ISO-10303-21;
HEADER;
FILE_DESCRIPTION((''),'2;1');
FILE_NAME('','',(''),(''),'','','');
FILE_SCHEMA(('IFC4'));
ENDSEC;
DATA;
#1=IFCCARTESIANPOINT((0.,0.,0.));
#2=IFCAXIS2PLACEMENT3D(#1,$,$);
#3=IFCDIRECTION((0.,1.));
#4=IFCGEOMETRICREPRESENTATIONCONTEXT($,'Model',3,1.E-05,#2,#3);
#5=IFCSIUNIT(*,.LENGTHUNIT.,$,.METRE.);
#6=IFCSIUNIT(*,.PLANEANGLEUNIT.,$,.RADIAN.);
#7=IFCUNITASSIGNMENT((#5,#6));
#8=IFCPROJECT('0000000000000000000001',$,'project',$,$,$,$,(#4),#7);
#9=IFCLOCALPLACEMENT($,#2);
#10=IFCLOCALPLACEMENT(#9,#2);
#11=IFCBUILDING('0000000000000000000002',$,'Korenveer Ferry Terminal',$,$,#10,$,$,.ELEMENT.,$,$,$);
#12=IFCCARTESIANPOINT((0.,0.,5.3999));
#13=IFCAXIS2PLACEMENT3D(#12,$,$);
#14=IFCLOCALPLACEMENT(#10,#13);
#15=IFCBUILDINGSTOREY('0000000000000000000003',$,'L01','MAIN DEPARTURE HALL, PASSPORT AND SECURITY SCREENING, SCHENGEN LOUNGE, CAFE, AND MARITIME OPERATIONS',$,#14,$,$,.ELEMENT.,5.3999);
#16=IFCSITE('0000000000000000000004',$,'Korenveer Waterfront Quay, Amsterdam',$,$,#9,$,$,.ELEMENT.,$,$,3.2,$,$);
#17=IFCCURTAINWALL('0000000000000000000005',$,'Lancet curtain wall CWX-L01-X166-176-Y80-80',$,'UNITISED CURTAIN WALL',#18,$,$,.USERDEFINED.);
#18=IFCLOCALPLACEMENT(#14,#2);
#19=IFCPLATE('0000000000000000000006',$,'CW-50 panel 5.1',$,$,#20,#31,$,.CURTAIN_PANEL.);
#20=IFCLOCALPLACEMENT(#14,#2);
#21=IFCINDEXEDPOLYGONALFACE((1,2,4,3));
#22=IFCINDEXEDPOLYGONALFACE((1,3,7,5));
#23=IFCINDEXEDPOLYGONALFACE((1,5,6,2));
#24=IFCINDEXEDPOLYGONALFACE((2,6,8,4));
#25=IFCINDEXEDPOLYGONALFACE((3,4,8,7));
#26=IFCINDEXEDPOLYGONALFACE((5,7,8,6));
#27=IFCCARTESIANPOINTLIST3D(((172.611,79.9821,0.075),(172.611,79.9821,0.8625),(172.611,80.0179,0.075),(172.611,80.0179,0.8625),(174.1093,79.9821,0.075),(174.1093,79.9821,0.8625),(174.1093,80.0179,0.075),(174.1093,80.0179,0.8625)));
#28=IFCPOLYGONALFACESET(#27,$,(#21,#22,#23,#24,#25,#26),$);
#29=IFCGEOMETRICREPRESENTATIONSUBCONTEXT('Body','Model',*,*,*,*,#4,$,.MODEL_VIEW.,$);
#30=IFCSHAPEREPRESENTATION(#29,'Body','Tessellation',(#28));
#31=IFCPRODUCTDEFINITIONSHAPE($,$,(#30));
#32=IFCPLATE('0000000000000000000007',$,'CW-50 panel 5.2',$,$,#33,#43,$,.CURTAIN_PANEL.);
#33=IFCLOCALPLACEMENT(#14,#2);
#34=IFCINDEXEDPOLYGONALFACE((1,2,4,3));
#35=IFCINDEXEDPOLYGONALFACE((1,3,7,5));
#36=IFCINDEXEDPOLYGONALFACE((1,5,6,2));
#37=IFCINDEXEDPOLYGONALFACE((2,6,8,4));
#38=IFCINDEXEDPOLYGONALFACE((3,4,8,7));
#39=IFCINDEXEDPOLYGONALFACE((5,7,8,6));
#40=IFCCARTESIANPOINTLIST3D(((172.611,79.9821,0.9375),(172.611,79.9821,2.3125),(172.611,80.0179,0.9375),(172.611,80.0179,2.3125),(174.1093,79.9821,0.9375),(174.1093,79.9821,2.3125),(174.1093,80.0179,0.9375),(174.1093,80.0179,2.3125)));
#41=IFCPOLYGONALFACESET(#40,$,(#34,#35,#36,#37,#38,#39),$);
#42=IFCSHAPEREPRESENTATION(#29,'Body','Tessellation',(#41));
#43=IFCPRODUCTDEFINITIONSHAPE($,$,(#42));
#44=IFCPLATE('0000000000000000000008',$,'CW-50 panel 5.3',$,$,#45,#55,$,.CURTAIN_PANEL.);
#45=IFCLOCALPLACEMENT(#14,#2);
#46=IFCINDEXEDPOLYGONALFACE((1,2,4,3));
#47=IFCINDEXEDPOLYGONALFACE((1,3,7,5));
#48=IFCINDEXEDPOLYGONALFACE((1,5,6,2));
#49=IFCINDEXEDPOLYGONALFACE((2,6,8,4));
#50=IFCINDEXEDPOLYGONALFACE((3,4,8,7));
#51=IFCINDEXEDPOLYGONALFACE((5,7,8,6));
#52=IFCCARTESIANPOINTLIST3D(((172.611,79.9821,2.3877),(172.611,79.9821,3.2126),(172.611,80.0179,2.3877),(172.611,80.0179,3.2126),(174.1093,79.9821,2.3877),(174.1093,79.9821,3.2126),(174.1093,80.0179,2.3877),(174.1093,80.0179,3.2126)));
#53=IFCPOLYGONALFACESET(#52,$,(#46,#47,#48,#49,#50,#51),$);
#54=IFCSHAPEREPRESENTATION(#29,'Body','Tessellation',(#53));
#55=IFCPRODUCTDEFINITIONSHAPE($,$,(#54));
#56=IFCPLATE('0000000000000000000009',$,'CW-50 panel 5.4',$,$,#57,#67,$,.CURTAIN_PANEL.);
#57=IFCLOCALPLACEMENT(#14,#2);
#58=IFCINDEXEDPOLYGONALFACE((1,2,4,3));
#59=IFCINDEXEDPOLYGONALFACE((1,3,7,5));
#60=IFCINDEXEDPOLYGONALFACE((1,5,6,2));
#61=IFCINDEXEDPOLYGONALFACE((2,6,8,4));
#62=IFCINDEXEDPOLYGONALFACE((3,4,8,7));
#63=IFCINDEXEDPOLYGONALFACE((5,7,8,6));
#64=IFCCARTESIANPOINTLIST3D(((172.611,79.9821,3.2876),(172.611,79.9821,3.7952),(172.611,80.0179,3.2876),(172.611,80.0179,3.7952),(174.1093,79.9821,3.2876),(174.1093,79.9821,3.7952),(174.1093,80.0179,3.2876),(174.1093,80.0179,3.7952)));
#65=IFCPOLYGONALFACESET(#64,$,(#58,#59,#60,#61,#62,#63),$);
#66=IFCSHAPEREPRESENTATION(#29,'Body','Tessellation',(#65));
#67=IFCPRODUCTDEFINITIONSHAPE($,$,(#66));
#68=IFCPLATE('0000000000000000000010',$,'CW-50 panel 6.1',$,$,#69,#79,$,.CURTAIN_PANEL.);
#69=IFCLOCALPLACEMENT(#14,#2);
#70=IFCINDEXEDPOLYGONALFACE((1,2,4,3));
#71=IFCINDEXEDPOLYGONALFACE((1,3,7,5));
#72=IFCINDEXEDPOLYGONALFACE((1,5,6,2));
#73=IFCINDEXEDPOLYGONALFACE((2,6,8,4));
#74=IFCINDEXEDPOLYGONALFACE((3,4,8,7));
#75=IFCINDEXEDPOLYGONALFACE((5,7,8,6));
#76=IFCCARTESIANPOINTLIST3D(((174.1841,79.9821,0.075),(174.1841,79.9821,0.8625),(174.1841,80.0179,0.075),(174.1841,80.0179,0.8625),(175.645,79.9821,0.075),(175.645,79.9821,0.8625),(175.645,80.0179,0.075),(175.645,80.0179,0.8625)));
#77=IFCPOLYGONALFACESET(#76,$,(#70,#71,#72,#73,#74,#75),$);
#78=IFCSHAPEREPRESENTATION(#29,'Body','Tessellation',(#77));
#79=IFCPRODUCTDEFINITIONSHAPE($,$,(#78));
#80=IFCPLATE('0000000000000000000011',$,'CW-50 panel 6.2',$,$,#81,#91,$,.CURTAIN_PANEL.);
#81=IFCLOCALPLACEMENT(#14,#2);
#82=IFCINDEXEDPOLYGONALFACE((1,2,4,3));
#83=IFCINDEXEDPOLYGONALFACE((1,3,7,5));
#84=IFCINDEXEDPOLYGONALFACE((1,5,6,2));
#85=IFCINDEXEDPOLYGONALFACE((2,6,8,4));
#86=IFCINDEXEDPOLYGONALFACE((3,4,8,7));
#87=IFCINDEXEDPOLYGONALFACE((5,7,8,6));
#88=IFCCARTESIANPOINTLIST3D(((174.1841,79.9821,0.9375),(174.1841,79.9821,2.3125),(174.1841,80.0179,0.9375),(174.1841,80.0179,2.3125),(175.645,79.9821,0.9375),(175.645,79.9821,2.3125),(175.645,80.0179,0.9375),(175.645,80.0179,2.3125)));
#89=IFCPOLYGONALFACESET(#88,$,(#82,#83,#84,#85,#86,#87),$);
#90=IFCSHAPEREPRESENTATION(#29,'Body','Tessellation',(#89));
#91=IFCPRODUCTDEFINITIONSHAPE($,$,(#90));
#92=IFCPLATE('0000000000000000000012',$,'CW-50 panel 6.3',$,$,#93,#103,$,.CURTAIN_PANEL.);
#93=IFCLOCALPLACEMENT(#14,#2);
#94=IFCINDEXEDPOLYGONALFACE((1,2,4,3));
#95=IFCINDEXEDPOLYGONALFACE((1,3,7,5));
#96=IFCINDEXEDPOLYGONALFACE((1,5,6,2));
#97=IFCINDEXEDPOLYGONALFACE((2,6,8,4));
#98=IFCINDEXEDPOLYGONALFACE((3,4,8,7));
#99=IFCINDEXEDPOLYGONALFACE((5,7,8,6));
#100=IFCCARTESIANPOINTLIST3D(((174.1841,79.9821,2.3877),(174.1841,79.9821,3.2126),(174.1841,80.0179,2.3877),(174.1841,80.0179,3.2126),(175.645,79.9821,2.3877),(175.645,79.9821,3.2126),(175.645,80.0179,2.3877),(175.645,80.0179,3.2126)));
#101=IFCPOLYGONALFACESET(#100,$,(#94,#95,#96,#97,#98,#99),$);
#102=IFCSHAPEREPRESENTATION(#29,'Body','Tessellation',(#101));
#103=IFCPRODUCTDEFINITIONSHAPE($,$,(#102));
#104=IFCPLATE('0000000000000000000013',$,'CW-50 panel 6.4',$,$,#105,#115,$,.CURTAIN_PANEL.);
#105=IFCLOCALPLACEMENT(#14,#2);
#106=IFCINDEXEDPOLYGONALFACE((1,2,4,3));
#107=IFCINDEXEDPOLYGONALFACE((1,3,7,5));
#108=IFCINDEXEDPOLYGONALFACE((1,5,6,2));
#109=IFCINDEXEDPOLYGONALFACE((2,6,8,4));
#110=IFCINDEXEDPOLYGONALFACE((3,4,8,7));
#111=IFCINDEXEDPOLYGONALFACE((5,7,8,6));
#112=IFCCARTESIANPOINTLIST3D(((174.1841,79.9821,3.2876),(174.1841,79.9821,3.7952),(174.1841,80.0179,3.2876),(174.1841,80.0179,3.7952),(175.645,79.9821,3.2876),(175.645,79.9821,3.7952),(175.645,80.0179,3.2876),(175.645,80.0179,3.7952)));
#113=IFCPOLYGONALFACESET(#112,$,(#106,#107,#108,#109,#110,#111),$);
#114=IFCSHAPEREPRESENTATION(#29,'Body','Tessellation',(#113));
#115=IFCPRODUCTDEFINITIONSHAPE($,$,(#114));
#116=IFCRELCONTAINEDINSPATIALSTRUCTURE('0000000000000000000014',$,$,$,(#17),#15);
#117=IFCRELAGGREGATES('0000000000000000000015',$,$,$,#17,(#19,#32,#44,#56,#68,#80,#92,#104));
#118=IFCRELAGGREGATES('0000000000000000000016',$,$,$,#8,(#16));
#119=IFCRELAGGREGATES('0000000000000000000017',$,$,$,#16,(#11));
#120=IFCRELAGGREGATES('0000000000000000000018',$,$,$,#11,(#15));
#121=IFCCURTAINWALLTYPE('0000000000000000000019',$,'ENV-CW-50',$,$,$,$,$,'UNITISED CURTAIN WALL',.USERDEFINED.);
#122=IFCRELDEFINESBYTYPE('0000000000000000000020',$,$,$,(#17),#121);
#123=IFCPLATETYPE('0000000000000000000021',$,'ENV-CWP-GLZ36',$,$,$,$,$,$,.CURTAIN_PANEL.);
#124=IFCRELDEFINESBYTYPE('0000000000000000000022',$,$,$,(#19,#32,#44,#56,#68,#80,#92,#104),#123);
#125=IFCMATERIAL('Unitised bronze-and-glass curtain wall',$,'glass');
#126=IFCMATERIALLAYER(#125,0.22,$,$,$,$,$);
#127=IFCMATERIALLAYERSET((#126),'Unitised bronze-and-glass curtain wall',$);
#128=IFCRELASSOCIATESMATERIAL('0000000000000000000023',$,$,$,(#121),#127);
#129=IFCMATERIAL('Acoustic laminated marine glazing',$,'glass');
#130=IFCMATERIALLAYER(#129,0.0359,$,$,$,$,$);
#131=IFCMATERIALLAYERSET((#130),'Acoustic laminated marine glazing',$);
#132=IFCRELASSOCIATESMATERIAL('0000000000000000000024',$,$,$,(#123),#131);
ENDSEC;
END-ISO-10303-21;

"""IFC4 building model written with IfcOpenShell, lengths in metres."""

from ifc_helpers import new_model, si_unit, direction, frame, origin, origin_2d, place, context, subcontext, project, spatial, rectangle, extrude, material, layer, layer_set, type_object, element, aggregate, save


model = new_model("IFC4")

# Units and contexts
model_context = context("Model", 3, precision=1e-05, world=origin(), true_north=direction((0.0, 1.0)))
body_context = subcontext(model_context, "Body", "Model", "MODEL_VIEW")
ifc_project = project(units=[si_unit("LENGTHUNIT", "METRE"), si_unit("PLANEANGLEUNIT", "RADIAN")], contexts=[model_context])

# Site, building, storey
site_placement = place(None, origin())
site = spatial("IfcSite", under=ifc_project, at=site_placement, Name="Korenveer Waterfront Quay, Amsterdam", CompositionType="ELEMENT", RefElevation=3.2)
building_placement = place(site_placement, origin())
building = spatial("IfcBuilding", under=site, at=building_placement, Name="Korenveer Ferry Terminal", CompositionType="ELEMENT")
storey_placement = place(building_placement, frame((0.0, 0.0, 5.3999)))
storey = spatial("IfcBuildingStorey", under=building, at=storey_placement, Name="L01", Description="MAIN DEPARTURE HALL, PASSPORT AND SECURITY SCREENING, SCHENGEN LOUNGE, CAFE, AND MARITIME OPERATIONS", CompositionType="ELEMENT", Elevation=5.3999)

# Curtain wall, plates
ifc_material_1 = material(Name="Unitised bronze-and-glass curtain wall", Category="glass")
ifc_layer_1 = layer(ifc_material_1, 0.22)
ifc_layer_set_1 = layer_set([ifc_layer_1], Name="Unitised bronze-and-glass curtain wall")
curtain_wall_type = type_object("IfcCurtainWallType", Name="ENV-CW-50", ElementType="UNITISED CURTAIN WALL", PredefinedType="USERDEFINED", material=ifc_layer_set_1)
curtain_wall_placement = place(storey_placement, frame((166.28, 80.0, 0.0)))
curtain_wall = element("IfcCurtainWall", 1, at=curtain_wall_placement, inside=storey, type_object=curtain_wall_type, Name="Lancet curtain wall CWX-L01-X166-176-Y80-80", ObjectType="UNITISED CURTAIN WALL", PredefinedType="USERDEFINED")
ifc_material_2 = material(Name="Acoustic laminated marine glazing", Category="glass")
ifc_layer_2 = layer(ifc_material_2, 0.0359)
ifc_layer_set_2 = layer_set([ifc_layer_2], Name="Acoustic laminated marine glazing")
plate_type = type_object("IfcPlateType", Name="ENV-CWP-GLZ36", PredefinedType="CURTAIN_PANEL", material=ifc_layer_set_2)
plate_1_placement = place(storey_placement, frame((173.3601, 80.0, 0.075), z_axis=(0.0, 0.0, 1.0), x_axis=(1.0, 0.0, 0.0)))
plate_1 = element("IfcPlate", 2, at=plate_1_placement, type_object=plate_type, Name="CW-50 panel 5.1", PredefinedType="CURTAIN_PANEL", context=body_context, shape_type="SweptSolid", body=[
    extrude(rectangle(XDim=1.4983, YDim=0.0359, at=origin_2d()), origin(), (0.0, 0.0, 1.0), 0.7876),
])
plate_2_placement = place(storey_placement, frame((173.3601, 80.0, 0.9375), z_axis=(0.0, 0.0, 1.0), x_axis=(1.0, 0.0, 0.0)))
plate_2 = element("IfcPlate", 3, at=plate_2_placement, type_object=plate_type, Name="CW-50 panel 5.2", PredefinedType="CURTAIN_PANEL", context=body_context, shape_type="SweptSolid", body=[
    extrude(rectangle(XDim=1.4983, YDim=0.0359, at=origin_2d()), origin(), (0.0, 0.0, 1.0), 1.375),
])
plate_3_placement = place(storey_placement, frame((173.3601, 80.0, 2.3877), z_axis=(0.0, 0.0, 1.0), x_axis=(1.0, 0.0, 0.0)))
plate_3 = element("IfcPlate", 4, at=plate_3_placement, type_object=plate_type, Name="CW-50 panel 5.3", PredefinedType="CURTAIN_PANEL", context=body_context, shape_type="SweptSolid", body=[
    extrude(rectangle(XDim=1.4983, YDim=0.0359, at=origin_2d()), origin(), (0.0, 0.0, 1.0), 0.825),
])
plate_4_placement = place(storey_placement, frame((173.3601, 80.0, 3.2876), z_axis=(0.0, 0.0, 1.0), x_axis=(1.0, 0.0, 0.0)))
plate_4 = element("IfcPlate", 5, at=plate_4_placement, type_object=plate_type, Name="CW-50 panel 5.4", PredefinedType="CURTAIN_PANEL", context=body_context, shape_type="SweptSolid", body=[
    extrude(rectangle(XDim=1.4983, YDim=0.0359, at=origin_2d()), origin(), (0.0, 0.0, 1.0), 0.5076),
])
plate_5_placement = place(storey_placement, frame((174.9146, 80.0, 0.075), z_axis=(0.0, 0.0, 1.0), x_axis=(1.0, 0.0, 0.0)))
plate_5 = element("IfcPlate", 6, at=plate_5_placement, type_object=plate_type, Name="CW-50 panel 6.1", PredefinedType="CURTAIN_PANEL", context=body_context, shape_type="SweptSolid", body=[
    extrude(rectangle(XDim=1.4609, YDim=0.0359, at=origin_2d()), origin(), (0.0, 0.0, 1.0), 0.7876),
])
plate_6_placement = place(storey_placement, frame((174.9146, 80.0, 0.9375), z_axis=(0.0, 0.0, 1.0), x_axis=(1.0, 0.0, 0.0)))
plate_6 = element("IfcPlate", 7, at=plate_6_placement, type_object=plate_type, Name="CW-50 panel 6.2", PredefinedType="CURTAIN_PANEL", context=body_context, shape_type="SweptSolid", body=[
    extrude(rectangle(XDim=1.4609, YDim=0.0359, at=origin_2d()), origin(), (0.0, 0.0, 1.0), 1.375),
])
plate_7_placement = place(storey_placement, frame((174.9146, 80.0, 2.3877), z_axis=(0.0, 0.0, 1.0), x_axis=(1.0, 0.0, 0.0)))
plate_7 = element("IfcPlate", 8, at=plate_7_placement, type_object=plate_type, Name="CW-50 panel 6.3", PredefinedType="CURTAIN_PANEL", context=body_context, shape_type="SweptSolid", body=[
    extrude(rectangle(XDim=1.4609, YDim=0.0359, at=origin_2d()), origin(), (0.0, 0.0, 1.0), 0.825),
])
plate_8_placement = place(storey_placement, frame((174.9146, 80.0, 3.2876), z_axis=(0.0, 0.0, 1.0), x_axis=(1.0, 0.0, 0.0)))
plate_8 = element("IfcPlate", 9, at=plate_8_placement, type_object=plate_type, Name="CW-50 panel 6.4", PredefinedType="CURTAIN_PANEL", context=body_context, shape_type="SweptSolid", body=[
    extrude(rectangle(XDim=1.4609, YDim=0.0359, at=origin_2d()), origin(), (0.0, 0.0, 1.0), 0.5076),
])
aggregate(curtain_wall, [plate_1, plate_2, plate_3, plate_4, plate_5, plate_6, plate_7, plate_8])

save(model, "model.ifc")
